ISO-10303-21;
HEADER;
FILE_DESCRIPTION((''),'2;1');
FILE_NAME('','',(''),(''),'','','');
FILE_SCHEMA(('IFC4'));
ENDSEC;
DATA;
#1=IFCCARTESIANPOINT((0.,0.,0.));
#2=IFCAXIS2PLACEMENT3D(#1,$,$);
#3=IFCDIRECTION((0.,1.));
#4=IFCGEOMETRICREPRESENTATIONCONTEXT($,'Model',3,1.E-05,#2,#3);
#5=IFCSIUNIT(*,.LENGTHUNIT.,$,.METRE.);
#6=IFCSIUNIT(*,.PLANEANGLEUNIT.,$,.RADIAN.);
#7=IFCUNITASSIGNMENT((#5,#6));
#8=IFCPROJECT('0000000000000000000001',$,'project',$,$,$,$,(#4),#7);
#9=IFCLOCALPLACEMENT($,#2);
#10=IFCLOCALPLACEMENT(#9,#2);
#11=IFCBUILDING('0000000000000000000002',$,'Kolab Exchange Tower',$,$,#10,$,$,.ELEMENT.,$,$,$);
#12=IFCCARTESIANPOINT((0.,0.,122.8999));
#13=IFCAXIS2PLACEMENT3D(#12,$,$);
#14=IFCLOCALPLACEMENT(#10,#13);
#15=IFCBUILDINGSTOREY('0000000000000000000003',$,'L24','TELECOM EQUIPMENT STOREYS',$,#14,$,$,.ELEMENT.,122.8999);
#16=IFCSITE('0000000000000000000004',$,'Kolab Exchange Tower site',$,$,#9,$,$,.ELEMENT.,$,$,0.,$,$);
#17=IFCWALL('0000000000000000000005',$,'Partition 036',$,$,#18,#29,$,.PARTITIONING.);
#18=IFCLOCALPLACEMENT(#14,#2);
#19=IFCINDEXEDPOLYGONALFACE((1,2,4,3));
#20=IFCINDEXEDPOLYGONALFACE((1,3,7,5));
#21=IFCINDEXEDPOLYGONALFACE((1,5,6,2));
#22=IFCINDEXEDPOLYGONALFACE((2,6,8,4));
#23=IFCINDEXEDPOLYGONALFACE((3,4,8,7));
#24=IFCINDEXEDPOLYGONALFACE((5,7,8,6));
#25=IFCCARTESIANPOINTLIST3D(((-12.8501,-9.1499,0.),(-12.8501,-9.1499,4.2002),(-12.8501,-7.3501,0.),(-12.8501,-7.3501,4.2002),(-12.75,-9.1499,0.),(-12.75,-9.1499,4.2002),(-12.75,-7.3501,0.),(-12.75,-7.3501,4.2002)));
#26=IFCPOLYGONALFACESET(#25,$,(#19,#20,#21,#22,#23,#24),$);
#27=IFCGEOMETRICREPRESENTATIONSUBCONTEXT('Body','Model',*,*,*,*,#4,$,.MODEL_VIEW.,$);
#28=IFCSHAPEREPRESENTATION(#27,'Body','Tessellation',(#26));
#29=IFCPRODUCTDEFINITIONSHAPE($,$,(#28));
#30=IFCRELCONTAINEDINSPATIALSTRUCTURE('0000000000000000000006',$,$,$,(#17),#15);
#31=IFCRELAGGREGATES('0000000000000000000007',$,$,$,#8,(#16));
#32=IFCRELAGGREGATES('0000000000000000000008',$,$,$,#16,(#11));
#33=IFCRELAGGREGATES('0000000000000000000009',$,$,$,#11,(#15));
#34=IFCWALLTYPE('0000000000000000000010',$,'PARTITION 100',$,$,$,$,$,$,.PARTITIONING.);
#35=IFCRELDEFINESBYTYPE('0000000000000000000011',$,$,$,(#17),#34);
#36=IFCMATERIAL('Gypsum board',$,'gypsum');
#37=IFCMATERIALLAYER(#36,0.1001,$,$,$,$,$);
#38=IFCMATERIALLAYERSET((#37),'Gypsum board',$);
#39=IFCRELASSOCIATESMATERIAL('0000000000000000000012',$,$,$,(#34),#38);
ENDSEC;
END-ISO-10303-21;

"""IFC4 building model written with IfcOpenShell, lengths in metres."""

from ifc_helpers import new_model, si_unit, direction, frame, frame_2d, origin, place, context, subcontext, project, spatial, rectangle, extrude, material, layer, layer_set, type_object, element, save


model = new_model("IFC4")

# Units and contexts
model_context = context("Model", 3, precision=1e-05, world=origin(), true_north=direction((0.0, 1.0)))
body_context = subcontext(model_context, "Body", "Model", "MODEL_VIEW")
ifc_project = project(units=[si_unit("LENGTHUNIT", "METRE"), si_unit("PLANEANGLEUNIT", "RADIAN")], contexts=[model_context])

# Site, building, storey
site_placement = place(None, origin())
site = spatial("IfcSite", under=ifc_project, at=site_placement, Name="Kolab Exchange Tower site", CompositionType="ELEMENT", RefElevation=0.0)
building_placement = place(site_placement, origin())
building = spatial("IfcBuilding", under=site, at=building_placement, Name="Kolab Exchange Tower", CompositionType="ELEMENT")
storey_placement = place(building_placement, frame((0.0, 0.0, 122.8999)))
storey = spatial("IfcBuildingStorey", under=building, at=storey_placement, Name="L24", Description="TELECOM EQUIPMENT STOREYS", CompositionType="ELEMENT", Elevation=122.8999)

# Wall
ifc_material_1 = material(Name="Gypsum board", Category="gypsum")
ifc_layer_1 = layer(ifc_material_1, 0.1001)
ifc_layer_set_1 = layer_set([ifc_layer_1], Name="Gypsum board")
wall_type_1 = type_object("IfcWallType", Name="PARTITION 100", PredefinedType="PARTITIONING", material=ifc_layer_set_1)
wall_1_placement = place(storey_placement, frame((-12.8, -9.1499, 0.0), z_axis=(0.0, 0.0, 1.0), x_axis=(0.0, 1.0, 0.0)))
element("IfcWall", 1, at=wall_1_placement, inside=storey, type_object=wall_type_1, Name="Partition 036", PredefinedType="PARTITIONING", context=body_context, shape_type="SweptSolid", body=[
    extrude(rectangle(XDim=1.7998, YDim=0.1001, at=frame_2d((0.8999, 0.0))), origin(), (0.0, 0.0, 1.0), 4.2002),
])

save(model, "model.ifc")
